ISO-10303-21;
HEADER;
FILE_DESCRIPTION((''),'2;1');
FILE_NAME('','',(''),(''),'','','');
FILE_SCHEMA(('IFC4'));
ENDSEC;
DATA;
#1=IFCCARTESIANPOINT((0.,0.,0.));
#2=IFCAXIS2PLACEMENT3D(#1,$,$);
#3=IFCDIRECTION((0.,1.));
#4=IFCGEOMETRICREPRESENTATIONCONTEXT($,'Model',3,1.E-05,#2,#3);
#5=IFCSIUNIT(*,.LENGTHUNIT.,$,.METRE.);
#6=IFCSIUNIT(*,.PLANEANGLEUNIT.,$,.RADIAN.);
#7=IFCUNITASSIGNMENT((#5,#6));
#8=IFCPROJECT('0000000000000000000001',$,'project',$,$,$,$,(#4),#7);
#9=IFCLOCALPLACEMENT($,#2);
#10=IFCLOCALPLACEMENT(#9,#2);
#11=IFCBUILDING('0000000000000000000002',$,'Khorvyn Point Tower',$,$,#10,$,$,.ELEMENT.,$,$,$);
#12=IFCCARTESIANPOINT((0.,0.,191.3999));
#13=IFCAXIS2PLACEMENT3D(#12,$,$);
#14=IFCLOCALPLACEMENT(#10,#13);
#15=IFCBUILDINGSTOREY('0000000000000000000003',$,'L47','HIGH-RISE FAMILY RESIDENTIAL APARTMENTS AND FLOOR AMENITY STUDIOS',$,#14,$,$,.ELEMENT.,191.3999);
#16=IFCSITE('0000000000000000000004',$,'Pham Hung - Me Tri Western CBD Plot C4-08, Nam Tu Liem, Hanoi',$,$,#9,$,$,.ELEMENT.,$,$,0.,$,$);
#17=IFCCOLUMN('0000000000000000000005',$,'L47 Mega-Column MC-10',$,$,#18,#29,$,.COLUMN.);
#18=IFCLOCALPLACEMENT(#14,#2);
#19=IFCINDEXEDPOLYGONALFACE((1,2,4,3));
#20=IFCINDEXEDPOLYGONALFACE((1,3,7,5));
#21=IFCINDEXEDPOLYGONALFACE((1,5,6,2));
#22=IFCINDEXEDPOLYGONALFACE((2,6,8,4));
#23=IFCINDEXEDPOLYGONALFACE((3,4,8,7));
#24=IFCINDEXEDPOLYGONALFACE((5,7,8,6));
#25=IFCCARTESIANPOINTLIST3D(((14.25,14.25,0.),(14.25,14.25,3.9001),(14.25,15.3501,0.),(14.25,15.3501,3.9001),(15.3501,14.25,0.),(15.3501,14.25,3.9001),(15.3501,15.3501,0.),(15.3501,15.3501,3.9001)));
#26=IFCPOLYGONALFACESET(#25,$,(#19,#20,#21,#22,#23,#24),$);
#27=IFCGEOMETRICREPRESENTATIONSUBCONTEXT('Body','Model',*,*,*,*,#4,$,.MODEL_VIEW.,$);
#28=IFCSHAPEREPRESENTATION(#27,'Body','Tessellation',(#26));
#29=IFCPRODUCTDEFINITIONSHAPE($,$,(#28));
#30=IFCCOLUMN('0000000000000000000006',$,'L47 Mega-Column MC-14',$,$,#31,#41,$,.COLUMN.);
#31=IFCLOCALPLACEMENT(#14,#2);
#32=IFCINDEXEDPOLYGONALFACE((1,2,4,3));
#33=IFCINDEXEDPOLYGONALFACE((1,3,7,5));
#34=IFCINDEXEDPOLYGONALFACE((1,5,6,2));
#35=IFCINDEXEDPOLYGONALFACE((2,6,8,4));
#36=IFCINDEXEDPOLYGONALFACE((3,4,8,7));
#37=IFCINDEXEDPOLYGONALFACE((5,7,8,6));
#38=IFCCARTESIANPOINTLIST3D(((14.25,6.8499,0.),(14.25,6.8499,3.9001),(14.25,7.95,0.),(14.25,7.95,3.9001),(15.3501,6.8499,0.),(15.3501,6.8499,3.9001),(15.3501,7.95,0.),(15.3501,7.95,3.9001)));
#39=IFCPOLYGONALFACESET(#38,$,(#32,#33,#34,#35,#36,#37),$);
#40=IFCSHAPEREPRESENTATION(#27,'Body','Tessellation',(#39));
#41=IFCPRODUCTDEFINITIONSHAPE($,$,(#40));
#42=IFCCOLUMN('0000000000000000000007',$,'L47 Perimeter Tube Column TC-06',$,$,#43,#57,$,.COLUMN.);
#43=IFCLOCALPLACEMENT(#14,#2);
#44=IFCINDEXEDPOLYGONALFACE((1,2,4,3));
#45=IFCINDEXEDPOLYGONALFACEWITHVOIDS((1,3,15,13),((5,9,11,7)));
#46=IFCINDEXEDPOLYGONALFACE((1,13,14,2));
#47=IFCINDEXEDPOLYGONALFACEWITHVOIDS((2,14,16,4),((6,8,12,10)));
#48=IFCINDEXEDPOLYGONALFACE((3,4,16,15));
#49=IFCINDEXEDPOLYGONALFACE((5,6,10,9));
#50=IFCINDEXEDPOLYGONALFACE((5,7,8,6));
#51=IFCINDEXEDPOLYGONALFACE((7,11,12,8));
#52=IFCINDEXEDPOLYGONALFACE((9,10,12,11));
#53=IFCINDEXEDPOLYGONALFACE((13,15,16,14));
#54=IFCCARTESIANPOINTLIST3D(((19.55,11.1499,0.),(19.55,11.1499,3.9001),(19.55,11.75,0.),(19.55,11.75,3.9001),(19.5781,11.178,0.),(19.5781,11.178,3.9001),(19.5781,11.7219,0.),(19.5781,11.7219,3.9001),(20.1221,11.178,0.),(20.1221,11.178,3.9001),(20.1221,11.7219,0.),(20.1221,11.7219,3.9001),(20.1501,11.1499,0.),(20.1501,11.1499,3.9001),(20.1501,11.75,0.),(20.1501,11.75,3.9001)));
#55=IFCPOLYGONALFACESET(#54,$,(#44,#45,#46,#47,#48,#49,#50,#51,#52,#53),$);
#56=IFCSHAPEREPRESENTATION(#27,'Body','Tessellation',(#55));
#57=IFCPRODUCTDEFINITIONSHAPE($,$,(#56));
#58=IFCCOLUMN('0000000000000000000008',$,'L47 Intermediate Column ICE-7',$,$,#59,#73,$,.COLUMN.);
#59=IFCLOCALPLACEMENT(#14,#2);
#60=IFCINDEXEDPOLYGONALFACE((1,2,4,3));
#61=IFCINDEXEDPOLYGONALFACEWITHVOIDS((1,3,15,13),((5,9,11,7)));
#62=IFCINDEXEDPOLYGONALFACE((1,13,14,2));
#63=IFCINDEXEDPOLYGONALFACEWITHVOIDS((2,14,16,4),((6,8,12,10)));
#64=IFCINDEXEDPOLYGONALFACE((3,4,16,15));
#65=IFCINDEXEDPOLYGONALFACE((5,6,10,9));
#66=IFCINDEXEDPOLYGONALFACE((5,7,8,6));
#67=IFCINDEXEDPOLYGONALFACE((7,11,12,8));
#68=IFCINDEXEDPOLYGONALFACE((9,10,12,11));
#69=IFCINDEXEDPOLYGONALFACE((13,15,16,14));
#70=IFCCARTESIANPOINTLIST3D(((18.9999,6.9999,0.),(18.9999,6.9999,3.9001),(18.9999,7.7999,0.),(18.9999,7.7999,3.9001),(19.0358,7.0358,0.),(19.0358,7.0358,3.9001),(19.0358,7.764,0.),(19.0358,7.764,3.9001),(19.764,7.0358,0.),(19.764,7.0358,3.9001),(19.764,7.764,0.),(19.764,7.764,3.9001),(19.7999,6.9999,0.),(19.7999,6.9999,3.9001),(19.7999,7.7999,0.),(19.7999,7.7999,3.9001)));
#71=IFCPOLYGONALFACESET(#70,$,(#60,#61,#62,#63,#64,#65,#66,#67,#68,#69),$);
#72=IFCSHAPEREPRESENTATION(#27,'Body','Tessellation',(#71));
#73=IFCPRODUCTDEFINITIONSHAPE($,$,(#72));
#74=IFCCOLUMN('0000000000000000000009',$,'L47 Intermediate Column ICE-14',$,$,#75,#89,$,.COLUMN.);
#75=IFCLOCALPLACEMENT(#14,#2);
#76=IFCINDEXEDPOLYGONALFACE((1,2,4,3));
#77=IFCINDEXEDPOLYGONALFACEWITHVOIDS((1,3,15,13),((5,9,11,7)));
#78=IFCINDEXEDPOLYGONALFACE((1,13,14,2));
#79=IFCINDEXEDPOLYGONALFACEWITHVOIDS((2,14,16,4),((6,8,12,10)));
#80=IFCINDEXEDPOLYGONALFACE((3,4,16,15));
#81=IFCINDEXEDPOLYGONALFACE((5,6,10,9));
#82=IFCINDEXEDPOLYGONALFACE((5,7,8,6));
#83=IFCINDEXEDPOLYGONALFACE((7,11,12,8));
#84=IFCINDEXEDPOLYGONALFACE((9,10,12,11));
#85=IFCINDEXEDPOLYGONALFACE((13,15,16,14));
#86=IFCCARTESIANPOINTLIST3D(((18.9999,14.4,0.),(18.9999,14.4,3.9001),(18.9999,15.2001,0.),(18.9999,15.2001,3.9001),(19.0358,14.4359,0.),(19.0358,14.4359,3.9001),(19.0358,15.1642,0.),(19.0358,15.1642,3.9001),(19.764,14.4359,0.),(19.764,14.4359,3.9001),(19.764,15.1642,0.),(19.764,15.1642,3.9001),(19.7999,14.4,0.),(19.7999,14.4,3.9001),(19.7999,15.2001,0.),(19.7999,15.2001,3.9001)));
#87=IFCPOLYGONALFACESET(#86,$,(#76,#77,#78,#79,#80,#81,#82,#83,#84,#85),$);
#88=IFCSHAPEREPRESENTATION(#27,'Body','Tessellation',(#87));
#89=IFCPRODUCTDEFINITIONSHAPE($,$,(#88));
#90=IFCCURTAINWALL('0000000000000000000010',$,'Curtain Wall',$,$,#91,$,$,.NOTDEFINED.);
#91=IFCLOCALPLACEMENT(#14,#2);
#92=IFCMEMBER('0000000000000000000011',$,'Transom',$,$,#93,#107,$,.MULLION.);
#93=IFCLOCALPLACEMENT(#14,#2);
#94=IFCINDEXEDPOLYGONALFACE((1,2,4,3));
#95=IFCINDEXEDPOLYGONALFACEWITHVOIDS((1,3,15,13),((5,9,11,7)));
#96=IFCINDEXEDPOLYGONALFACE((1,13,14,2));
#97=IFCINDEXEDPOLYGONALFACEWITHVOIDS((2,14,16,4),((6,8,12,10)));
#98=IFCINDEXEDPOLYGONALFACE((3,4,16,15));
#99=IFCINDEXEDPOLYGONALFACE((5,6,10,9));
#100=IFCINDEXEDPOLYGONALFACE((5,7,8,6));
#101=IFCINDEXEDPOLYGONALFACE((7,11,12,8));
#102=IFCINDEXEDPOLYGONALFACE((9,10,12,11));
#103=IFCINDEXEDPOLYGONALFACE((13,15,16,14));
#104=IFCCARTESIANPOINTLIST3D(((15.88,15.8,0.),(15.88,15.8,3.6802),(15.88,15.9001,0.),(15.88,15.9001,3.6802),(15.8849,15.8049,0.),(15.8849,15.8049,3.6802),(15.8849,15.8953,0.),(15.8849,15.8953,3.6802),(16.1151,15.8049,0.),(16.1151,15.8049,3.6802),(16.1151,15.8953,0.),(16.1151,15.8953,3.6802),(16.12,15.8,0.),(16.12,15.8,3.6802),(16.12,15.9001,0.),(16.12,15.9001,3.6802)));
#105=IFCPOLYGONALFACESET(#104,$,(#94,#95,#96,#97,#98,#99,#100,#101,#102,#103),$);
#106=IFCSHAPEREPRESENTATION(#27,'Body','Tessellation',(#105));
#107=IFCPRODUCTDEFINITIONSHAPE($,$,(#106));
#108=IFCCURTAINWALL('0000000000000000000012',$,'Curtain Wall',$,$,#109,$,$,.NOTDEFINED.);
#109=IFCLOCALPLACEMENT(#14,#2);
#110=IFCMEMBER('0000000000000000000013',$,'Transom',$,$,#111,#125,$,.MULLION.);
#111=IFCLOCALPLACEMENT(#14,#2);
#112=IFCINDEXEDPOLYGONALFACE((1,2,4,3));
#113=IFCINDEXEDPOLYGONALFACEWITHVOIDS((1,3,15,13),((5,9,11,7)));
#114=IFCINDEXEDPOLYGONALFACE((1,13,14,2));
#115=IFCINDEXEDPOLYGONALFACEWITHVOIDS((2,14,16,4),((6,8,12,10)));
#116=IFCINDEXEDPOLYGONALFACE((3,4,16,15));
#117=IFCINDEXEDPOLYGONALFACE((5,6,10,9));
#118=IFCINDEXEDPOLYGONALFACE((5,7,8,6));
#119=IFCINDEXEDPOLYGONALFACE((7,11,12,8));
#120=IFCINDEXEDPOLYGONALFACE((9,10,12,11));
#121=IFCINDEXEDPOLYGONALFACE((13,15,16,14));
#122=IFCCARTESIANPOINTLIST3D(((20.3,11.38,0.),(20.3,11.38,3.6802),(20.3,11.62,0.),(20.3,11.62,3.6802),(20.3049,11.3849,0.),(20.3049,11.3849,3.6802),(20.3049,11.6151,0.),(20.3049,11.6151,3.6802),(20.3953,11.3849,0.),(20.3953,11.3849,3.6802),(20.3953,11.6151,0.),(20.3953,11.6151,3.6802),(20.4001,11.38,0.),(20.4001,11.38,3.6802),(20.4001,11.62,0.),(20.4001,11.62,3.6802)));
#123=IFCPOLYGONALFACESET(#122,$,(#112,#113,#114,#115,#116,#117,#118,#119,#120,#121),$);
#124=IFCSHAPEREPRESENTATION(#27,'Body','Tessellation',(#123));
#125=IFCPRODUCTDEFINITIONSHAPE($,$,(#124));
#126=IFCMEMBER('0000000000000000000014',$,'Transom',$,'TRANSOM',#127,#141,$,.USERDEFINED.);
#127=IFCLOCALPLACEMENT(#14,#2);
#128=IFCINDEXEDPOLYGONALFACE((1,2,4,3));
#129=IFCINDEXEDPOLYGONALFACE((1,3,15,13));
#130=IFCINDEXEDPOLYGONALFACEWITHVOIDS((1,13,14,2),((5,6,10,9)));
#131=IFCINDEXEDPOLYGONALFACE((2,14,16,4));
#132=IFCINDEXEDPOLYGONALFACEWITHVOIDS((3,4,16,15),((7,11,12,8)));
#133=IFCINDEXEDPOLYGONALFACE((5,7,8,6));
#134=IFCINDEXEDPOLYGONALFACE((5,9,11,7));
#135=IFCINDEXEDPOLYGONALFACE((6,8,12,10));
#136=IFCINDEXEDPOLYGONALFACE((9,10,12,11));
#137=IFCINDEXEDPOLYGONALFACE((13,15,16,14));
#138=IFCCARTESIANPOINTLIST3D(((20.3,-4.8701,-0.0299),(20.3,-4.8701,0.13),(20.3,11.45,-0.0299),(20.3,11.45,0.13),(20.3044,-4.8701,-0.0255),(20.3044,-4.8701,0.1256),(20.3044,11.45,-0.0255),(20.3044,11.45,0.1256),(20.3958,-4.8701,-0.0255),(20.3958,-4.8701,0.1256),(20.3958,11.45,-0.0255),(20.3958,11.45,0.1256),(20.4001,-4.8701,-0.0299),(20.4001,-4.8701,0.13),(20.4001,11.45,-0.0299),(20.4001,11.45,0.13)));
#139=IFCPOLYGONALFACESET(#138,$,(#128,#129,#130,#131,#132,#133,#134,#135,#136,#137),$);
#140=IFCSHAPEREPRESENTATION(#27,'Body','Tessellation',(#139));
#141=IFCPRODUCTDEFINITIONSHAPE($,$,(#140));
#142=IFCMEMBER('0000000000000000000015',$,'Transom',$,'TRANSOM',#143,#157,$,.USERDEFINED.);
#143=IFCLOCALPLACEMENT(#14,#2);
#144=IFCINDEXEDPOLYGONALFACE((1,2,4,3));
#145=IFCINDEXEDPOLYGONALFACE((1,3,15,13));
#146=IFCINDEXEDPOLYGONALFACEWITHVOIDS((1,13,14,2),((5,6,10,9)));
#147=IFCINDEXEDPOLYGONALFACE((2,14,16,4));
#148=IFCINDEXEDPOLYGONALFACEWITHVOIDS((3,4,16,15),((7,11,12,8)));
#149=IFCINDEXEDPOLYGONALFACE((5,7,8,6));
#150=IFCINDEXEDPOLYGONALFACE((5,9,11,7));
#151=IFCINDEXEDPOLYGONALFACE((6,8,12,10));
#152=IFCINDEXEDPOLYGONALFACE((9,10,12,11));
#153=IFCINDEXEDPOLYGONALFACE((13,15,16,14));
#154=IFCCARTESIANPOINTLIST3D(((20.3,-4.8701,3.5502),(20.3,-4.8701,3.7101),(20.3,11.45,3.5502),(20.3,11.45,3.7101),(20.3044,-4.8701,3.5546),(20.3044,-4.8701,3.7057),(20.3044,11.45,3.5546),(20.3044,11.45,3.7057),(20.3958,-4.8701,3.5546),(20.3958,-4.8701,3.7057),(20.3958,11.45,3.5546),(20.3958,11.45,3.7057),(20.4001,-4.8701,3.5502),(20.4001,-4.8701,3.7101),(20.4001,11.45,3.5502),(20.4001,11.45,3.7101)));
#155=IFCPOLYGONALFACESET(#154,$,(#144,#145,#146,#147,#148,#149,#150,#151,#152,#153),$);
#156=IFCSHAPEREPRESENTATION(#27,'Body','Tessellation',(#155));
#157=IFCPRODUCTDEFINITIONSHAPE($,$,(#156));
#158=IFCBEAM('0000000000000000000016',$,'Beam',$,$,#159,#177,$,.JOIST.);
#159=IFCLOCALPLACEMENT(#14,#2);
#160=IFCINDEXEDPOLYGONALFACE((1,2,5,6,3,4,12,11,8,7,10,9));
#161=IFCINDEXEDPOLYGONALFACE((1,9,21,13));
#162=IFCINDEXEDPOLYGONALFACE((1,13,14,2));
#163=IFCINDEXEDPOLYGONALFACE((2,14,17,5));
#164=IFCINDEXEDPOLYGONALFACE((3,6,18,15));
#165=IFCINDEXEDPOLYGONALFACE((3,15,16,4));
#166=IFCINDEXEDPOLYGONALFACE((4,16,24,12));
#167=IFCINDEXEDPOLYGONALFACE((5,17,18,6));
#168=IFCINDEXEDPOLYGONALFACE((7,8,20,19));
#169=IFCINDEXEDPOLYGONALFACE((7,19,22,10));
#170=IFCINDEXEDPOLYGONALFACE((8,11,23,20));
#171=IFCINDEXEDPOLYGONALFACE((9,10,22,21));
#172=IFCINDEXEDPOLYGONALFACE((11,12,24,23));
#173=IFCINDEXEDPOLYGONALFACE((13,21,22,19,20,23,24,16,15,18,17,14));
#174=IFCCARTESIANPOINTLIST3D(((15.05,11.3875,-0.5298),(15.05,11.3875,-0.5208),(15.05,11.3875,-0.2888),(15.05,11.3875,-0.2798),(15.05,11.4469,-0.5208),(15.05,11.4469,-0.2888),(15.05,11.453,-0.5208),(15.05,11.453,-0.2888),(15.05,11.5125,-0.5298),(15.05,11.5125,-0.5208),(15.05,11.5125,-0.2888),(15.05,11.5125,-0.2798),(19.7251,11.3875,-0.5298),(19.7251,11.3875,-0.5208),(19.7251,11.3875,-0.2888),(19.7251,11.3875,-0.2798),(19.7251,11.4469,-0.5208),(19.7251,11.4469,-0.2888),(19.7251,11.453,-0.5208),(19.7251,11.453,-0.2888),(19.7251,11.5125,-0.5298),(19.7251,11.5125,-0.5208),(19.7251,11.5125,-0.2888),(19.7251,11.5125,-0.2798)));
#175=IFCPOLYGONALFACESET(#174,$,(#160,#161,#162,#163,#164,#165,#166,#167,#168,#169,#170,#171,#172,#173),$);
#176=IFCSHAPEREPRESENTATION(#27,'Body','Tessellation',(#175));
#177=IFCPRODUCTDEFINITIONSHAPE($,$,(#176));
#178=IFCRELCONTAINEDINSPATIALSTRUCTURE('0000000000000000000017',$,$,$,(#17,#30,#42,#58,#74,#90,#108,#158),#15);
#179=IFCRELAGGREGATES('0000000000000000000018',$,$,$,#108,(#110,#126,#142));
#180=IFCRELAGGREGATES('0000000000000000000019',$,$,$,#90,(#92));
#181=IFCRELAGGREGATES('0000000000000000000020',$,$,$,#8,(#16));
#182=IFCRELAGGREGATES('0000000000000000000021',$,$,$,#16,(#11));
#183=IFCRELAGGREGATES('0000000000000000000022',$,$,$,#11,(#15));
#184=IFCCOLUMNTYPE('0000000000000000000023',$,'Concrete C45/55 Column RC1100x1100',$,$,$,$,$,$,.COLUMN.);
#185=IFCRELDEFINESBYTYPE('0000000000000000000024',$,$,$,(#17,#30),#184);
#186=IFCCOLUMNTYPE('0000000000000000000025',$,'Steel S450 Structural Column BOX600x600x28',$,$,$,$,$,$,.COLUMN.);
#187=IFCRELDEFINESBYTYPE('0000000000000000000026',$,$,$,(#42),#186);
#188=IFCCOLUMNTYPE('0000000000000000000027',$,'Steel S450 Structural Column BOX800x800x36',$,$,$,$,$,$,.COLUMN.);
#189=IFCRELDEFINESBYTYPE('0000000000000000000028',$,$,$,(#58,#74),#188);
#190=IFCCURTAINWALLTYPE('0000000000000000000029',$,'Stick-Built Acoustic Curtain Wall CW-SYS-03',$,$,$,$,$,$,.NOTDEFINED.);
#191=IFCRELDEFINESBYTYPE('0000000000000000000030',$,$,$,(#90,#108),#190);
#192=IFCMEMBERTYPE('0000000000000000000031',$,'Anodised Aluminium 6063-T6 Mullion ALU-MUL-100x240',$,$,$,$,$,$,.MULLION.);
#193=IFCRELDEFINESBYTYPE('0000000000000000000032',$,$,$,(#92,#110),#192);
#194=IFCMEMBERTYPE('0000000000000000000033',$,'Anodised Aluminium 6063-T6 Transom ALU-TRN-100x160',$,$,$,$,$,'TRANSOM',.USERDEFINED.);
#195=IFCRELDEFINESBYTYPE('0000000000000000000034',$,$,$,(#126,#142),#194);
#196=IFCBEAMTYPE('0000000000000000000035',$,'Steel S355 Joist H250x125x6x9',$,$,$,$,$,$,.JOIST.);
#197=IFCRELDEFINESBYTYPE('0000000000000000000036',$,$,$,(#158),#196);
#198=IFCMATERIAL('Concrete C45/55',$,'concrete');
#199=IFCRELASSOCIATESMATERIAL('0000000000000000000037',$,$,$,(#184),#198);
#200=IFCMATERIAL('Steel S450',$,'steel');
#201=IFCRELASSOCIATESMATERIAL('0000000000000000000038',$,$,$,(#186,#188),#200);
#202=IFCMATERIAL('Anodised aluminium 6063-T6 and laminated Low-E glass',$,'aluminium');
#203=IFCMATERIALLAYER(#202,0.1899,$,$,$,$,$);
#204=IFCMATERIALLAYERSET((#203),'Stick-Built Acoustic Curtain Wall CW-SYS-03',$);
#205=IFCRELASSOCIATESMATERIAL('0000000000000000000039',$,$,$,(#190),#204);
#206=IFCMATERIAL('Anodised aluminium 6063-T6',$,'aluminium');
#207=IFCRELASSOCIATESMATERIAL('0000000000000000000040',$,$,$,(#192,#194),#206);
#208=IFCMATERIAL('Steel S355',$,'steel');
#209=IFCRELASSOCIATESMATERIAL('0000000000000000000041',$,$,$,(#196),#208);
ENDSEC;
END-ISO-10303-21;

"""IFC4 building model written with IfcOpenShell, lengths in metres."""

from ifc_helpers import new_model, si_unit, direction, frame, origin, origin_2d, place, context, subcontext, project, spatial, rectangle, hollow_rectangle, i_section, extrude, material, layer, layer_set, material_profile, profile_set, type_object, element, aggregate, save


model = new_model("IFC4")

# Units and contexts
model_context = context("Model", 3, precision=1e-05, world=origin(), true_north=direction((0.0, 1.0)))
body_context = subcontext(model_context, "Body", "Model", "MODEL_VIEW")
ifc_project = project(units=[si_unit("LENGTHUNIT", "METRE"), si_unit("PLANEANGLEUNIT", "RADIAN")], contexts=[model_context])

# Site, building, storey
site_placement = place(None, origin())
site = spatial("IfcSite", under=ifc_project, at=site_placement, Name="Pham Hung - Me Tri Western CBD Plot C4-08, Nam Tu Liem, Hanoi", CompositionType="ELEMENT", RefElevation=0.0)
building_placement = place(site_placement, origin())
building = spatial("IfcBuilding", under=site, at=building_placement, Name="Khorvyn Point Tower", CompositionType="ELEMENT")
storey_placement = place(building_placement, frame((0.0, 0.0, 191.3999)))
storey = spatial("IfcBuildingStorey", under=building, at=storey_placement, Name="L47", Description="HIGH-RISE FAMILY RESIDENTIAL APARTMENTS AND FLOOR AMENITY STUDIOS", CompositionType="ELEMENT", Elevation=191.3999)

# Columns
ifc_material_1 = material(Name="Concrete C45/55", Category="concrete")
ifc_material_profile_1 = material_profile(ifc_material_1, rectangle(XDim=1.1001, YDim=1.1001, at=origin_2d()))
ifc_profile_set_1 = profile_set([ifc_material_profile_1], Name="Concrete C45/55 RC1100x1100")
column_type_1 = type_object("IfcColumnType", Name="Concrete C45/55 Column RC1100x1100", PredefinedType="COLUMN", material=ifc_profile_set_1)
for number, where, z_axis, x_axis, name in (
    (1, (14.8, 14.8, 0.0), (0.0, 0.0, 1.0), (1.0, 0.0, 0.0), "L47 Mega-Column MC-10"),
    (2, (14.8, 7.3999, 0.0), (0.0, 0.0, 1.0), (1.0, 0.0, 0.0), "L47 Mega-Column MC-14"),
):
    element("IfcColumn", number, at=place(storey_placement, frame(where, z_axis=z_axis, x_axis=x_axis)), inside=storey, type_object=column_type_1, Name=name, PredefinedType="COLUMN", context=body_context, shape_type="SweptSolid", body=[
        extrude(rectangle(XDim=1.1001, YDim=1.1001, at=origin_2d()), origin(), (0.0, 0.0, 1.0), 3.9001),
    ])
ifc_material_2 = material(Name="Steel S450", Category="steel")
ifc_material_profile_2 = material_profile(ifc_material_2, hollow_rectangle(XDim=0.6001, YDim=0.6001, WallThickness=0.0281, at=origin_2d()))
ifc_profile_set_2 = profile_set([ifc_material_profile_2], Name="Steel S450 BOX600x600x28")
column_type_2 = type_object("IfcColumnType", Name="Steel S450 Structural Column BOX600x600x28", PredefinedType="COLUMN", material=ifc_profile_set_2)
column_placement = place(storey_placement, frame((19.8501, 11.45, 0.0), z_axis=(0.0, 0.0, 1.0), x_axis=(1.0, 0.0, 0.0)))
element("IfcColumn", 3, at=column_placement, inside=storey, type_object=column_type_2, Name="L47 Perimeter Tube Column TC-06", PredefinedType="COLUMN", context=body_context, shape_type="SweptSolid", body=[
    extrude(hollow_rectangle(XDim=0.6001, YDim=0.6001, WallThickness=0.0281, at=origin_2d()), origin(), (0.0, 0.0, 1.0), 3.9001),
])
ifc_material_profile_3 = material_profile(ifc_material_2, hollow_rectangle(XDim=0.8, YDim=0.8, WallThickness=0.0359, at=origin_2d()))
ifc_profile_set_3 = profile_set([ifc_material_profile_3], Name="Steel S450 BOX800x800x36")
column_type_3 = type_object("IfcColumnType", Name="Steel S450 Structural Column BOX800x800x36", PredefinedType="COLUMN", material=ifc_profile_set_3)
for number, where, z_axis, x_axis, name in (
    (4, (19.3999, 7.3999, 0.0), (0.0, 0.0, 1.0), (1.0, 0.0, 0.0), "L47 Intermediate Column ICE-7"),
    (5, (19.3999, 14.8, 0.0), (0.0, 0.0, 1.0), (1.0, 0.0, 0.0), "L47 Intermediate Column ICE-14"),
):
    element("IfcColumn", number, at=place(storey_placement, frame(where, z_axis=z_axis, x_axis=x_axis)), inside=storey, type_object=column_type_3, Name=name, PredefinedType="COLUMN", context=body_context, shape_type="SweptSolid", body=[
        extrude(hollow_rectangle(XDim=0.8, YDim=0.8, WallThickness=0.0359, at=origin_2d()), origin(), (0.0, 0.0, 1.0), 3.9001),
    ])

# Curtain wall, member
ifc_material_3 = material(Name="Anodised aluminium 6063-T6 and laminated Low-E glass", Category="aluminium")
ifc_layer_1 = layer(ifc_material_3, 0.1899)
ifc_layer_set_1 = layer_set([ifc_layer_1], Name="Stick-Built Acoustic Curtain Wall CW-SYS-03")
curtain_wall_type = type_object("IfcCurtainWallType", Name="Stick-Built Acoustic Curtain Wall CW-SYS-03", PredefinedType="NOTDEFINED", material=ifc_layer_set_1)
curtain_wall_1_placement = place(storey_placement, origin())
curtain_wall_1 = element("IfcCurtainWall", 6, at=curtain_wall_1_placement, inside=storey, type_object=curtain_wall_type, Name="Curtain Wall", PredefinedType="NOTDEFINED")
ifc_material_4 = material(Name="Anodised aluminium 6063-T6", Category="aluminium")
ifc_material_profile_4 = material_profile(ifc_material_4, hollow_rectangle(XDim=0.1001, YDim=0.24, WallThickness=0.0049, at=origin_2d()))
ifc_profile_set_4 = profile_set([ifc_material_profile_4], Name="Anodised aluminium 6063-T6 ALU-MUL-100x240")
member_type_1 = type_object("IfcMemberType", Name="Anodised Aluminium 6063-T6 Mullion ALU-MUL-100x240", PredefinedType="MULLION", material=ifc_profile_set_4)
member_1_placement = place(storey_placement, frame((16.0, 15.8501, 0.0), z_axis=(0.0, 0.0, 1.0), x_axis=(0.0, 1.0, 0.0)))
member_1 = element("IfcMember", 7, at=member_1_placement, type_object=member_type_1, Name="Transom", PredefinedType="MULLION", context=body_context, shape_type="SweptSolid", body=[
    extrude(hollow_rectangle(XDim=0.1001, YDim=0.24, WallThickness=0.0049, at=origin_2d()), origin(), (0.0, 0.0, 1.0), 3.6802),
])

# Curtain wall, members
curtain_wall_2_placement = place(storey_placement, origin())
curtain_wall_2 = element("IfcCurtainWall", 8, at=curtain_wall_2_placement, inside=storey, type_object=curtain_wall_type, Name="Curtain Wall", PredefinedType="NOTDEFINED")
member_2_placement = place(storey_placement, frame((20.3501, 11.5, 0.0), z_axis=(0.0, 0.0, 1.0), x_axis=(1.0, 0.0, 0.0)))
member_2 = element("IfcMember", 9, at=member_2_placement, type_object=member_type_1, Name="Transom", PredefinedType="MULLION", context=body_context, shape_type="SweptSolid", body=[
    extrude(hollow_rectangle(XDim=0.1001, YDim=0.24, WallThickness=0.0049, at=origin_2d()), origin(), (0.0, 0.0, 1.0), 3.6802),
])
ifc_material_profile_5 = material_profile(ifc_material_4, hollow_rectangle(XDim=0.1001, YDim=0.1599, WallThickness=0.0044, at=origin_2d()))
ifc_profile_set_5 = profile_set([ifc_material_profile_5], Name="Anodised aluminium 6063-T6 ALU-TRN-100x160")
member_type_2 = type_object("IfcMemberType", Name="Anodised Aluminium 6063-T6 Transom ALU-TRN-100x160", ElementType="TRANSOM", PredefinedType="USERDEFINED", material=ifc_profile_set_5)
member_3_placement = place(storey_placement, frame((20.3501, 11.45, 0.05), z_axis=(0.0, -1.0, 0.0), x_axis=(1.0, 0.0, 0.0)))
member_3 = element("IfcMember", 10, at=member_3_placement, type_object=member_type_2, Name="Transom", ObjectType="TRANSOM", PredefinedType="USERDEFINED", context=body_context, shape_type="SweptSolid", body=[
    extrude(hollow_rectangle(XDim=0.1001, YDim=0.1599, WallThickness=0.0044, at=origin_2d()), origin(), (0.0, 0.0, 1.0), 16.3201),
])
member_4_placement = place(storey_placement, frame((20.3501, 11.45, 3.6301), z_axis=(0.0, -1.0, 0.0), x_axis=(1.0, 0.0, 0.0)))
member_4 = element("IfcMember", 11, at=member_4_placement, type_object=member_type_2, Name="Transom", ObjectType="TRANSOM", PredefinedType="USERDEFINED", context=body_context, shape_type="SweptSolid", body=[
    extrude(hollow_rectangle(XDim=0.1001, YDim=0.1599, WallThickness=0.0044, at=origin_2d()), origin(), (0.0, 0.0, 1.0), 16.3201),
])
aggregate(curtain_wall_2, [member_2, member_3, member_4])

# Beam
ifc_material_5 = material(Name="Steel S355", Category="steel")
ifc_material_profile_6 = material_profile(ifc_material_5, i_section(OverallWidth=0.125, OverallDepth=0.25, WebThickness=0.0061, FlangeThickness=0.009, at=origin_2d()))
ifc_profile_set_6 = profile_set([ifc_material_profile_6], Name="Steel S355 H250x125x6x9")
beam_type_1 = type_object("IfcBeamType", Name="Steel S355 Joist H250x125x6x9", PredefinedType="JOIST", material=ifc_profile_set_6)
beam_1_placement = place(storey_placement, frame((15.05, 11.45, -0.4048), z_axis=(1.0, 0.0, 0.0), x_axis=(0.0, 1.0, 0.0)))
element("IfcBeam", 12, at=beam_1_placement, inside=storey, type_object=beam_type_1, Name="Beam", PredefinedType="JOIST", context=body_context, shape_type="SweptSolid", body=[
    extrude(i_section(OverallWidth=0.125, OverallDepth=0.25, WebThickness=0.0061, FlangeThickness=0.009, at=origin_2d()), origin(), (0.0, 0.0, 1.0), 4.675),
])

aggregate(curtain_wall_1, [member_1])

save(model, "model.ifc")
